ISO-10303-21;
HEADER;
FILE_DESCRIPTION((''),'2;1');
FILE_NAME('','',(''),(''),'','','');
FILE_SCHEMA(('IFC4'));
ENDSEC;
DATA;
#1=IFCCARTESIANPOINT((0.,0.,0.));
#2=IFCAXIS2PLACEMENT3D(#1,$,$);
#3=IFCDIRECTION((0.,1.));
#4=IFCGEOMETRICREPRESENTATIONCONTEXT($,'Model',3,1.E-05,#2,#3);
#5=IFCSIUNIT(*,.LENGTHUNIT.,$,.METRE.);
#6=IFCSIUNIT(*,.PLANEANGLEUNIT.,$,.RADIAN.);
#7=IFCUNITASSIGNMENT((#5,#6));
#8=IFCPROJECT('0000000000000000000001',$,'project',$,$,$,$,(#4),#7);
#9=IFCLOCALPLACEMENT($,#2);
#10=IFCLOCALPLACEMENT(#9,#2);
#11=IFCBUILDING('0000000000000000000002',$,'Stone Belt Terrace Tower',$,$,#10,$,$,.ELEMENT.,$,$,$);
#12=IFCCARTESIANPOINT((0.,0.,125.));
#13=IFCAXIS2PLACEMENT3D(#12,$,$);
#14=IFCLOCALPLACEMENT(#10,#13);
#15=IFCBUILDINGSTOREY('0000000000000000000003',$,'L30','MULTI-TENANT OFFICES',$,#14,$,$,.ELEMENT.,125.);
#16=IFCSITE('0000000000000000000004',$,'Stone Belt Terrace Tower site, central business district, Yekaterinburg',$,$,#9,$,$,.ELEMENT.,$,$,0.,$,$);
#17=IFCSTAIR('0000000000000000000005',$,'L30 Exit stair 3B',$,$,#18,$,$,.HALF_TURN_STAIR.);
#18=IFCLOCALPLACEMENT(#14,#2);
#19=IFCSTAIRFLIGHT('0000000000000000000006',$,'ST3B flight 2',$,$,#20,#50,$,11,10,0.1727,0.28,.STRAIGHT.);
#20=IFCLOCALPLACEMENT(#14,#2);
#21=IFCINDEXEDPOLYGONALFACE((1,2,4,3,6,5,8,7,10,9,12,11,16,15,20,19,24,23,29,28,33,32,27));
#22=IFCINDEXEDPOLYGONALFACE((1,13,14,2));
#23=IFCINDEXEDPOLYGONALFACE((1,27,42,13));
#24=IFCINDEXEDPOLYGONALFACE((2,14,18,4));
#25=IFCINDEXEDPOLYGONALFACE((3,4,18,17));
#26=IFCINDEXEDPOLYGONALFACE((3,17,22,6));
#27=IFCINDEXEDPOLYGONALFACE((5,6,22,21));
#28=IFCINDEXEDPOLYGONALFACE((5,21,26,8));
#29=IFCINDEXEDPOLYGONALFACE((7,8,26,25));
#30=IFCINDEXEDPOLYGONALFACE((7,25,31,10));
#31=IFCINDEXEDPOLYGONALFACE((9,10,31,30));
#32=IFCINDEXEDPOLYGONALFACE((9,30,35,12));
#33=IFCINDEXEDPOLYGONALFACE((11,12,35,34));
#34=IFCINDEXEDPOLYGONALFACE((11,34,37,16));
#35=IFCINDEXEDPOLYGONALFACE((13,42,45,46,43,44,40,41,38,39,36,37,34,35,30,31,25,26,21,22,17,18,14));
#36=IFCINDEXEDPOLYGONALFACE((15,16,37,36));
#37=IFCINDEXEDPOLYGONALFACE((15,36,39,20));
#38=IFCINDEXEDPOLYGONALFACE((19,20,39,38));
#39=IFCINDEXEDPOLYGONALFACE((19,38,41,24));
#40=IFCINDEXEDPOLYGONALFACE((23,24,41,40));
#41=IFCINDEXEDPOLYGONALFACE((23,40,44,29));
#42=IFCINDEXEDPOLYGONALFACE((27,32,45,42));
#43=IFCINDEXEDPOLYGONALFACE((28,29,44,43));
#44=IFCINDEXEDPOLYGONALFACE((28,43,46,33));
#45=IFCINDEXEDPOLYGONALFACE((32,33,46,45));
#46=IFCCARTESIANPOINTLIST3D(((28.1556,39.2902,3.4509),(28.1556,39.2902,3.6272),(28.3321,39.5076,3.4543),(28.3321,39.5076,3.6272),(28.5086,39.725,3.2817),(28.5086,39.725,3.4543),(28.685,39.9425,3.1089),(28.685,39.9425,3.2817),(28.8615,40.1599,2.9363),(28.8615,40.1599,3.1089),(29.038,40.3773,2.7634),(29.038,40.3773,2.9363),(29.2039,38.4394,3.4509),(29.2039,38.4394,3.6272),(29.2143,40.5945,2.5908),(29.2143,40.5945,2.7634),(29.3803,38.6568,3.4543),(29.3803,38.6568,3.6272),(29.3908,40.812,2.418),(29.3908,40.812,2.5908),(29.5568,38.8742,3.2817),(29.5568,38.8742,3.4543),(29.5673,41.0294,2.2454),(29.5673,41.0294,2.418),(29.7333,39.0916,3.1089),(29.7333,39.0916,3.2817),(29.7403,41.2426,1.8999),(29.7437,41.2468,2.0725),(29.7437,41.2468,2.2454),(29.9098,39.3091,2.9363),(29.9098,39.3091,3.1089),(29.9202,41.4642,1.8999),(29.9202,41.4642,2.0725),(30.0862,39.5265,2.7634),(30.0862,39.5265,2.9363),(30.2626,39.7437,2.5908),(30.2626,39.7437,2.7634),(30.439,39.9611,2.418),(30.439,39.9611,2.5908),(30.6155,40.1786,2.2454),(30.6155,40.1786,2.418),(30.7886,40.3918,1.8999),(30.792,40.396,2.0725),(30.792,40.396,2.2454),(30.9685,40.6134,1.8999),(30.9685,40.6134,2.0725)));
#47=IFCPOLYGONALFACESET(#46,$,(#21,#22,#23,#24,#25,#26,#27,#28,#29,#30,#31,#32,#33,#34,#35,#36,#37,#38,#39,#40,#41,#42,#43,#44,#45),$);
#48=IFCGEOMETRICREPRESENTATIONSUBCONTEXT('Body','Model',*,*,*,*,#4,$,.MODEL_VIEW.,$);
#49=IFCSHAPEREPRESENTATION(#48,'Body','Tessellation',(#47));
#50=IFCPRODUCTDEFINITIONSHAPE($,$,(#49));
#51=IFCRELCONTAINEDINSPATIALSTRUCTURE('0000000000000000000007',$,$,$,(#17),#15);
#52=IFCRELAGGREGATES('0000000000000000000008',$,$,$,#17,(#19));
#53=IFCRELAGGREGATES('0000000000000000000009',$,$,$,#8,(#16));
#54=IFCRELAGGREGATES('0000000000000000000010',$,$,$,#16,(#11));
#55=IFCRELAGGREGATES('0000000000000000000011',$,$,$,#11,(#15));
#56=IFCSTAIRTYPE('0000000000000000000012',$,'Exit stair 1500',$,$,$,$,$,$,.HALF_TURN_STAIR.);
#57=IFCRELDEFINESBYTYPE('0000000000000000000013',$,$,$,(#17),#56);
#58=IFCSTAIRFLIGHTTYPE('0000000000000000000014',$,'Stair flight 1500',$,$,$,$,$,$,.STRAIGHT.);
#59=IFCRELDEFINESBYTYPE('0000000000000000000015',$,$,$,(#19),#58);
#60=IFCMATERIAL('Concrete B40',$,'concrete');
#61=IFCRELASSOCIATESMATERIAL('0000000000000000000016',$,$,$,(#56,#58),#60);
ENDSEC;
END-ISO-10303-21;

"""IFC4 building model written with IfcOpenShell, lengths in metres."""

from ifc_helpers import new_model, si_unit, direction, frame, origin, place, context, subcontext, project, spatial, polyline, outline, extrude, material, type_object, element, aggregate, save


model = new_model("IFC4")

# Units and contexts
model_context = context("Model", 3, precision=1e-05, world=origin(), true_north=direction((0.0, 1.0)))
body_context = subcontext(model_context, "Body", "Model", "MODEL_VIEW")
ifc_project = project(units=[si_unit("LENGTHUNIT", "METRE"), si_unit("PLANEANGLEUNIT", "RADIAN")], contexts=[model_context])

# Site, building, storey
site_placement = place(None, origin())
site = spatial("IfcSite", under=ifc_project, at=site_placement, Name="Stone Belt Terrace Tower site, central business district, Yekaterinburg", CompositionType="ELEMENT", RefElevation=0.0)
building_placement = place(site_placement, origin())
building = spatial("IfcBuilding", under=site, at=building_placement, Name="Stone Belt Terrace Tower", CompositionType="ELEMENT")
storey_placement = place(building_placement, frame((0.0, 0.0, 125.0)))
storey = spatial("IfcBuildingStorey", under=building, at=storey_placement, Name="L30", Description="MULTI-TENANT OFFICES", CompositionType="ELEMENT", Elevation=125.0)

# Stair, stair flight
ifc_material_1 = material(Name="Concrete B40", Category="concrete")
stair_type = type_object("IfcStairType", Name="Exit stair 1500", PredefinedType="HALF_TURN_STAIR", material=ifc_material_1)
stair_placement = place(storey_placement, origin())
stair = element("IfcStair", 1, at=stair_placement, inside=storey, type_object=stair_type, Name="L30 Exit stair 3B", PredefinedType="HALF_TURN_STAIR")
stair_flight_type = type_object("IfcStairFlightType", Name="Stair flight 1500", PredefinedType="STRAIGHT", material=ifc_material_1)
stair_flight_placement = place(storey_placement, frame((30.4443, 41.0388, 1.8999), z_axis=(0.0, 0.0, 1.0), x_axis=(-0.630206, -0.776428, 0.0)))
stair_flight = element("IfcStairFlight", 2, at=stair_flight_placement, type_object=stair_flight_type, Name="ST3B flight 2", NumberOfRisers=11, NumberOfTreads=10, PredefinedType="STRAIGHT", RiserHeight=0.1727, TreadLength=0.28, context=body_context, shape_type="SweptSolid", body=[
    extrude(outline(polyline([(0.0, 0.0), (0.0, 0.1726), (0.28, 0.1726), (0.28, 0.3455), (0.5601, 0.3455), (0.5601, 0.5181), (0.8401, 0.5181), (0.8401, 0.6909), (1.1201, 0.6909), (1.1201, 0.8635), (1.3999, 0.8635), (1.3999, 1.0364), (1.6799, 1.0364), (1.6799, 1.209), (1.96, 1.209), (1.96, 1.3818), (2.24, 1.3818), (2.24, 1.5544), (2.52, 1.5544), (2.52, 1.7273), (2.8, 1.7273), (2.8, 1.8999), (2.8, 1.551), (0.2854, 0.0), (0.0, 0.0)])), frame((0.0, 0.675, 0.0), z_axis=(0.0, -1.0, 0.0), x_axis=(1.0, 0.0, 0.0)), (0.0, 0.0, 1.0), 1.3501),
])
aggregate(stair, [stair_flight])

save(model, "model.ifc")
